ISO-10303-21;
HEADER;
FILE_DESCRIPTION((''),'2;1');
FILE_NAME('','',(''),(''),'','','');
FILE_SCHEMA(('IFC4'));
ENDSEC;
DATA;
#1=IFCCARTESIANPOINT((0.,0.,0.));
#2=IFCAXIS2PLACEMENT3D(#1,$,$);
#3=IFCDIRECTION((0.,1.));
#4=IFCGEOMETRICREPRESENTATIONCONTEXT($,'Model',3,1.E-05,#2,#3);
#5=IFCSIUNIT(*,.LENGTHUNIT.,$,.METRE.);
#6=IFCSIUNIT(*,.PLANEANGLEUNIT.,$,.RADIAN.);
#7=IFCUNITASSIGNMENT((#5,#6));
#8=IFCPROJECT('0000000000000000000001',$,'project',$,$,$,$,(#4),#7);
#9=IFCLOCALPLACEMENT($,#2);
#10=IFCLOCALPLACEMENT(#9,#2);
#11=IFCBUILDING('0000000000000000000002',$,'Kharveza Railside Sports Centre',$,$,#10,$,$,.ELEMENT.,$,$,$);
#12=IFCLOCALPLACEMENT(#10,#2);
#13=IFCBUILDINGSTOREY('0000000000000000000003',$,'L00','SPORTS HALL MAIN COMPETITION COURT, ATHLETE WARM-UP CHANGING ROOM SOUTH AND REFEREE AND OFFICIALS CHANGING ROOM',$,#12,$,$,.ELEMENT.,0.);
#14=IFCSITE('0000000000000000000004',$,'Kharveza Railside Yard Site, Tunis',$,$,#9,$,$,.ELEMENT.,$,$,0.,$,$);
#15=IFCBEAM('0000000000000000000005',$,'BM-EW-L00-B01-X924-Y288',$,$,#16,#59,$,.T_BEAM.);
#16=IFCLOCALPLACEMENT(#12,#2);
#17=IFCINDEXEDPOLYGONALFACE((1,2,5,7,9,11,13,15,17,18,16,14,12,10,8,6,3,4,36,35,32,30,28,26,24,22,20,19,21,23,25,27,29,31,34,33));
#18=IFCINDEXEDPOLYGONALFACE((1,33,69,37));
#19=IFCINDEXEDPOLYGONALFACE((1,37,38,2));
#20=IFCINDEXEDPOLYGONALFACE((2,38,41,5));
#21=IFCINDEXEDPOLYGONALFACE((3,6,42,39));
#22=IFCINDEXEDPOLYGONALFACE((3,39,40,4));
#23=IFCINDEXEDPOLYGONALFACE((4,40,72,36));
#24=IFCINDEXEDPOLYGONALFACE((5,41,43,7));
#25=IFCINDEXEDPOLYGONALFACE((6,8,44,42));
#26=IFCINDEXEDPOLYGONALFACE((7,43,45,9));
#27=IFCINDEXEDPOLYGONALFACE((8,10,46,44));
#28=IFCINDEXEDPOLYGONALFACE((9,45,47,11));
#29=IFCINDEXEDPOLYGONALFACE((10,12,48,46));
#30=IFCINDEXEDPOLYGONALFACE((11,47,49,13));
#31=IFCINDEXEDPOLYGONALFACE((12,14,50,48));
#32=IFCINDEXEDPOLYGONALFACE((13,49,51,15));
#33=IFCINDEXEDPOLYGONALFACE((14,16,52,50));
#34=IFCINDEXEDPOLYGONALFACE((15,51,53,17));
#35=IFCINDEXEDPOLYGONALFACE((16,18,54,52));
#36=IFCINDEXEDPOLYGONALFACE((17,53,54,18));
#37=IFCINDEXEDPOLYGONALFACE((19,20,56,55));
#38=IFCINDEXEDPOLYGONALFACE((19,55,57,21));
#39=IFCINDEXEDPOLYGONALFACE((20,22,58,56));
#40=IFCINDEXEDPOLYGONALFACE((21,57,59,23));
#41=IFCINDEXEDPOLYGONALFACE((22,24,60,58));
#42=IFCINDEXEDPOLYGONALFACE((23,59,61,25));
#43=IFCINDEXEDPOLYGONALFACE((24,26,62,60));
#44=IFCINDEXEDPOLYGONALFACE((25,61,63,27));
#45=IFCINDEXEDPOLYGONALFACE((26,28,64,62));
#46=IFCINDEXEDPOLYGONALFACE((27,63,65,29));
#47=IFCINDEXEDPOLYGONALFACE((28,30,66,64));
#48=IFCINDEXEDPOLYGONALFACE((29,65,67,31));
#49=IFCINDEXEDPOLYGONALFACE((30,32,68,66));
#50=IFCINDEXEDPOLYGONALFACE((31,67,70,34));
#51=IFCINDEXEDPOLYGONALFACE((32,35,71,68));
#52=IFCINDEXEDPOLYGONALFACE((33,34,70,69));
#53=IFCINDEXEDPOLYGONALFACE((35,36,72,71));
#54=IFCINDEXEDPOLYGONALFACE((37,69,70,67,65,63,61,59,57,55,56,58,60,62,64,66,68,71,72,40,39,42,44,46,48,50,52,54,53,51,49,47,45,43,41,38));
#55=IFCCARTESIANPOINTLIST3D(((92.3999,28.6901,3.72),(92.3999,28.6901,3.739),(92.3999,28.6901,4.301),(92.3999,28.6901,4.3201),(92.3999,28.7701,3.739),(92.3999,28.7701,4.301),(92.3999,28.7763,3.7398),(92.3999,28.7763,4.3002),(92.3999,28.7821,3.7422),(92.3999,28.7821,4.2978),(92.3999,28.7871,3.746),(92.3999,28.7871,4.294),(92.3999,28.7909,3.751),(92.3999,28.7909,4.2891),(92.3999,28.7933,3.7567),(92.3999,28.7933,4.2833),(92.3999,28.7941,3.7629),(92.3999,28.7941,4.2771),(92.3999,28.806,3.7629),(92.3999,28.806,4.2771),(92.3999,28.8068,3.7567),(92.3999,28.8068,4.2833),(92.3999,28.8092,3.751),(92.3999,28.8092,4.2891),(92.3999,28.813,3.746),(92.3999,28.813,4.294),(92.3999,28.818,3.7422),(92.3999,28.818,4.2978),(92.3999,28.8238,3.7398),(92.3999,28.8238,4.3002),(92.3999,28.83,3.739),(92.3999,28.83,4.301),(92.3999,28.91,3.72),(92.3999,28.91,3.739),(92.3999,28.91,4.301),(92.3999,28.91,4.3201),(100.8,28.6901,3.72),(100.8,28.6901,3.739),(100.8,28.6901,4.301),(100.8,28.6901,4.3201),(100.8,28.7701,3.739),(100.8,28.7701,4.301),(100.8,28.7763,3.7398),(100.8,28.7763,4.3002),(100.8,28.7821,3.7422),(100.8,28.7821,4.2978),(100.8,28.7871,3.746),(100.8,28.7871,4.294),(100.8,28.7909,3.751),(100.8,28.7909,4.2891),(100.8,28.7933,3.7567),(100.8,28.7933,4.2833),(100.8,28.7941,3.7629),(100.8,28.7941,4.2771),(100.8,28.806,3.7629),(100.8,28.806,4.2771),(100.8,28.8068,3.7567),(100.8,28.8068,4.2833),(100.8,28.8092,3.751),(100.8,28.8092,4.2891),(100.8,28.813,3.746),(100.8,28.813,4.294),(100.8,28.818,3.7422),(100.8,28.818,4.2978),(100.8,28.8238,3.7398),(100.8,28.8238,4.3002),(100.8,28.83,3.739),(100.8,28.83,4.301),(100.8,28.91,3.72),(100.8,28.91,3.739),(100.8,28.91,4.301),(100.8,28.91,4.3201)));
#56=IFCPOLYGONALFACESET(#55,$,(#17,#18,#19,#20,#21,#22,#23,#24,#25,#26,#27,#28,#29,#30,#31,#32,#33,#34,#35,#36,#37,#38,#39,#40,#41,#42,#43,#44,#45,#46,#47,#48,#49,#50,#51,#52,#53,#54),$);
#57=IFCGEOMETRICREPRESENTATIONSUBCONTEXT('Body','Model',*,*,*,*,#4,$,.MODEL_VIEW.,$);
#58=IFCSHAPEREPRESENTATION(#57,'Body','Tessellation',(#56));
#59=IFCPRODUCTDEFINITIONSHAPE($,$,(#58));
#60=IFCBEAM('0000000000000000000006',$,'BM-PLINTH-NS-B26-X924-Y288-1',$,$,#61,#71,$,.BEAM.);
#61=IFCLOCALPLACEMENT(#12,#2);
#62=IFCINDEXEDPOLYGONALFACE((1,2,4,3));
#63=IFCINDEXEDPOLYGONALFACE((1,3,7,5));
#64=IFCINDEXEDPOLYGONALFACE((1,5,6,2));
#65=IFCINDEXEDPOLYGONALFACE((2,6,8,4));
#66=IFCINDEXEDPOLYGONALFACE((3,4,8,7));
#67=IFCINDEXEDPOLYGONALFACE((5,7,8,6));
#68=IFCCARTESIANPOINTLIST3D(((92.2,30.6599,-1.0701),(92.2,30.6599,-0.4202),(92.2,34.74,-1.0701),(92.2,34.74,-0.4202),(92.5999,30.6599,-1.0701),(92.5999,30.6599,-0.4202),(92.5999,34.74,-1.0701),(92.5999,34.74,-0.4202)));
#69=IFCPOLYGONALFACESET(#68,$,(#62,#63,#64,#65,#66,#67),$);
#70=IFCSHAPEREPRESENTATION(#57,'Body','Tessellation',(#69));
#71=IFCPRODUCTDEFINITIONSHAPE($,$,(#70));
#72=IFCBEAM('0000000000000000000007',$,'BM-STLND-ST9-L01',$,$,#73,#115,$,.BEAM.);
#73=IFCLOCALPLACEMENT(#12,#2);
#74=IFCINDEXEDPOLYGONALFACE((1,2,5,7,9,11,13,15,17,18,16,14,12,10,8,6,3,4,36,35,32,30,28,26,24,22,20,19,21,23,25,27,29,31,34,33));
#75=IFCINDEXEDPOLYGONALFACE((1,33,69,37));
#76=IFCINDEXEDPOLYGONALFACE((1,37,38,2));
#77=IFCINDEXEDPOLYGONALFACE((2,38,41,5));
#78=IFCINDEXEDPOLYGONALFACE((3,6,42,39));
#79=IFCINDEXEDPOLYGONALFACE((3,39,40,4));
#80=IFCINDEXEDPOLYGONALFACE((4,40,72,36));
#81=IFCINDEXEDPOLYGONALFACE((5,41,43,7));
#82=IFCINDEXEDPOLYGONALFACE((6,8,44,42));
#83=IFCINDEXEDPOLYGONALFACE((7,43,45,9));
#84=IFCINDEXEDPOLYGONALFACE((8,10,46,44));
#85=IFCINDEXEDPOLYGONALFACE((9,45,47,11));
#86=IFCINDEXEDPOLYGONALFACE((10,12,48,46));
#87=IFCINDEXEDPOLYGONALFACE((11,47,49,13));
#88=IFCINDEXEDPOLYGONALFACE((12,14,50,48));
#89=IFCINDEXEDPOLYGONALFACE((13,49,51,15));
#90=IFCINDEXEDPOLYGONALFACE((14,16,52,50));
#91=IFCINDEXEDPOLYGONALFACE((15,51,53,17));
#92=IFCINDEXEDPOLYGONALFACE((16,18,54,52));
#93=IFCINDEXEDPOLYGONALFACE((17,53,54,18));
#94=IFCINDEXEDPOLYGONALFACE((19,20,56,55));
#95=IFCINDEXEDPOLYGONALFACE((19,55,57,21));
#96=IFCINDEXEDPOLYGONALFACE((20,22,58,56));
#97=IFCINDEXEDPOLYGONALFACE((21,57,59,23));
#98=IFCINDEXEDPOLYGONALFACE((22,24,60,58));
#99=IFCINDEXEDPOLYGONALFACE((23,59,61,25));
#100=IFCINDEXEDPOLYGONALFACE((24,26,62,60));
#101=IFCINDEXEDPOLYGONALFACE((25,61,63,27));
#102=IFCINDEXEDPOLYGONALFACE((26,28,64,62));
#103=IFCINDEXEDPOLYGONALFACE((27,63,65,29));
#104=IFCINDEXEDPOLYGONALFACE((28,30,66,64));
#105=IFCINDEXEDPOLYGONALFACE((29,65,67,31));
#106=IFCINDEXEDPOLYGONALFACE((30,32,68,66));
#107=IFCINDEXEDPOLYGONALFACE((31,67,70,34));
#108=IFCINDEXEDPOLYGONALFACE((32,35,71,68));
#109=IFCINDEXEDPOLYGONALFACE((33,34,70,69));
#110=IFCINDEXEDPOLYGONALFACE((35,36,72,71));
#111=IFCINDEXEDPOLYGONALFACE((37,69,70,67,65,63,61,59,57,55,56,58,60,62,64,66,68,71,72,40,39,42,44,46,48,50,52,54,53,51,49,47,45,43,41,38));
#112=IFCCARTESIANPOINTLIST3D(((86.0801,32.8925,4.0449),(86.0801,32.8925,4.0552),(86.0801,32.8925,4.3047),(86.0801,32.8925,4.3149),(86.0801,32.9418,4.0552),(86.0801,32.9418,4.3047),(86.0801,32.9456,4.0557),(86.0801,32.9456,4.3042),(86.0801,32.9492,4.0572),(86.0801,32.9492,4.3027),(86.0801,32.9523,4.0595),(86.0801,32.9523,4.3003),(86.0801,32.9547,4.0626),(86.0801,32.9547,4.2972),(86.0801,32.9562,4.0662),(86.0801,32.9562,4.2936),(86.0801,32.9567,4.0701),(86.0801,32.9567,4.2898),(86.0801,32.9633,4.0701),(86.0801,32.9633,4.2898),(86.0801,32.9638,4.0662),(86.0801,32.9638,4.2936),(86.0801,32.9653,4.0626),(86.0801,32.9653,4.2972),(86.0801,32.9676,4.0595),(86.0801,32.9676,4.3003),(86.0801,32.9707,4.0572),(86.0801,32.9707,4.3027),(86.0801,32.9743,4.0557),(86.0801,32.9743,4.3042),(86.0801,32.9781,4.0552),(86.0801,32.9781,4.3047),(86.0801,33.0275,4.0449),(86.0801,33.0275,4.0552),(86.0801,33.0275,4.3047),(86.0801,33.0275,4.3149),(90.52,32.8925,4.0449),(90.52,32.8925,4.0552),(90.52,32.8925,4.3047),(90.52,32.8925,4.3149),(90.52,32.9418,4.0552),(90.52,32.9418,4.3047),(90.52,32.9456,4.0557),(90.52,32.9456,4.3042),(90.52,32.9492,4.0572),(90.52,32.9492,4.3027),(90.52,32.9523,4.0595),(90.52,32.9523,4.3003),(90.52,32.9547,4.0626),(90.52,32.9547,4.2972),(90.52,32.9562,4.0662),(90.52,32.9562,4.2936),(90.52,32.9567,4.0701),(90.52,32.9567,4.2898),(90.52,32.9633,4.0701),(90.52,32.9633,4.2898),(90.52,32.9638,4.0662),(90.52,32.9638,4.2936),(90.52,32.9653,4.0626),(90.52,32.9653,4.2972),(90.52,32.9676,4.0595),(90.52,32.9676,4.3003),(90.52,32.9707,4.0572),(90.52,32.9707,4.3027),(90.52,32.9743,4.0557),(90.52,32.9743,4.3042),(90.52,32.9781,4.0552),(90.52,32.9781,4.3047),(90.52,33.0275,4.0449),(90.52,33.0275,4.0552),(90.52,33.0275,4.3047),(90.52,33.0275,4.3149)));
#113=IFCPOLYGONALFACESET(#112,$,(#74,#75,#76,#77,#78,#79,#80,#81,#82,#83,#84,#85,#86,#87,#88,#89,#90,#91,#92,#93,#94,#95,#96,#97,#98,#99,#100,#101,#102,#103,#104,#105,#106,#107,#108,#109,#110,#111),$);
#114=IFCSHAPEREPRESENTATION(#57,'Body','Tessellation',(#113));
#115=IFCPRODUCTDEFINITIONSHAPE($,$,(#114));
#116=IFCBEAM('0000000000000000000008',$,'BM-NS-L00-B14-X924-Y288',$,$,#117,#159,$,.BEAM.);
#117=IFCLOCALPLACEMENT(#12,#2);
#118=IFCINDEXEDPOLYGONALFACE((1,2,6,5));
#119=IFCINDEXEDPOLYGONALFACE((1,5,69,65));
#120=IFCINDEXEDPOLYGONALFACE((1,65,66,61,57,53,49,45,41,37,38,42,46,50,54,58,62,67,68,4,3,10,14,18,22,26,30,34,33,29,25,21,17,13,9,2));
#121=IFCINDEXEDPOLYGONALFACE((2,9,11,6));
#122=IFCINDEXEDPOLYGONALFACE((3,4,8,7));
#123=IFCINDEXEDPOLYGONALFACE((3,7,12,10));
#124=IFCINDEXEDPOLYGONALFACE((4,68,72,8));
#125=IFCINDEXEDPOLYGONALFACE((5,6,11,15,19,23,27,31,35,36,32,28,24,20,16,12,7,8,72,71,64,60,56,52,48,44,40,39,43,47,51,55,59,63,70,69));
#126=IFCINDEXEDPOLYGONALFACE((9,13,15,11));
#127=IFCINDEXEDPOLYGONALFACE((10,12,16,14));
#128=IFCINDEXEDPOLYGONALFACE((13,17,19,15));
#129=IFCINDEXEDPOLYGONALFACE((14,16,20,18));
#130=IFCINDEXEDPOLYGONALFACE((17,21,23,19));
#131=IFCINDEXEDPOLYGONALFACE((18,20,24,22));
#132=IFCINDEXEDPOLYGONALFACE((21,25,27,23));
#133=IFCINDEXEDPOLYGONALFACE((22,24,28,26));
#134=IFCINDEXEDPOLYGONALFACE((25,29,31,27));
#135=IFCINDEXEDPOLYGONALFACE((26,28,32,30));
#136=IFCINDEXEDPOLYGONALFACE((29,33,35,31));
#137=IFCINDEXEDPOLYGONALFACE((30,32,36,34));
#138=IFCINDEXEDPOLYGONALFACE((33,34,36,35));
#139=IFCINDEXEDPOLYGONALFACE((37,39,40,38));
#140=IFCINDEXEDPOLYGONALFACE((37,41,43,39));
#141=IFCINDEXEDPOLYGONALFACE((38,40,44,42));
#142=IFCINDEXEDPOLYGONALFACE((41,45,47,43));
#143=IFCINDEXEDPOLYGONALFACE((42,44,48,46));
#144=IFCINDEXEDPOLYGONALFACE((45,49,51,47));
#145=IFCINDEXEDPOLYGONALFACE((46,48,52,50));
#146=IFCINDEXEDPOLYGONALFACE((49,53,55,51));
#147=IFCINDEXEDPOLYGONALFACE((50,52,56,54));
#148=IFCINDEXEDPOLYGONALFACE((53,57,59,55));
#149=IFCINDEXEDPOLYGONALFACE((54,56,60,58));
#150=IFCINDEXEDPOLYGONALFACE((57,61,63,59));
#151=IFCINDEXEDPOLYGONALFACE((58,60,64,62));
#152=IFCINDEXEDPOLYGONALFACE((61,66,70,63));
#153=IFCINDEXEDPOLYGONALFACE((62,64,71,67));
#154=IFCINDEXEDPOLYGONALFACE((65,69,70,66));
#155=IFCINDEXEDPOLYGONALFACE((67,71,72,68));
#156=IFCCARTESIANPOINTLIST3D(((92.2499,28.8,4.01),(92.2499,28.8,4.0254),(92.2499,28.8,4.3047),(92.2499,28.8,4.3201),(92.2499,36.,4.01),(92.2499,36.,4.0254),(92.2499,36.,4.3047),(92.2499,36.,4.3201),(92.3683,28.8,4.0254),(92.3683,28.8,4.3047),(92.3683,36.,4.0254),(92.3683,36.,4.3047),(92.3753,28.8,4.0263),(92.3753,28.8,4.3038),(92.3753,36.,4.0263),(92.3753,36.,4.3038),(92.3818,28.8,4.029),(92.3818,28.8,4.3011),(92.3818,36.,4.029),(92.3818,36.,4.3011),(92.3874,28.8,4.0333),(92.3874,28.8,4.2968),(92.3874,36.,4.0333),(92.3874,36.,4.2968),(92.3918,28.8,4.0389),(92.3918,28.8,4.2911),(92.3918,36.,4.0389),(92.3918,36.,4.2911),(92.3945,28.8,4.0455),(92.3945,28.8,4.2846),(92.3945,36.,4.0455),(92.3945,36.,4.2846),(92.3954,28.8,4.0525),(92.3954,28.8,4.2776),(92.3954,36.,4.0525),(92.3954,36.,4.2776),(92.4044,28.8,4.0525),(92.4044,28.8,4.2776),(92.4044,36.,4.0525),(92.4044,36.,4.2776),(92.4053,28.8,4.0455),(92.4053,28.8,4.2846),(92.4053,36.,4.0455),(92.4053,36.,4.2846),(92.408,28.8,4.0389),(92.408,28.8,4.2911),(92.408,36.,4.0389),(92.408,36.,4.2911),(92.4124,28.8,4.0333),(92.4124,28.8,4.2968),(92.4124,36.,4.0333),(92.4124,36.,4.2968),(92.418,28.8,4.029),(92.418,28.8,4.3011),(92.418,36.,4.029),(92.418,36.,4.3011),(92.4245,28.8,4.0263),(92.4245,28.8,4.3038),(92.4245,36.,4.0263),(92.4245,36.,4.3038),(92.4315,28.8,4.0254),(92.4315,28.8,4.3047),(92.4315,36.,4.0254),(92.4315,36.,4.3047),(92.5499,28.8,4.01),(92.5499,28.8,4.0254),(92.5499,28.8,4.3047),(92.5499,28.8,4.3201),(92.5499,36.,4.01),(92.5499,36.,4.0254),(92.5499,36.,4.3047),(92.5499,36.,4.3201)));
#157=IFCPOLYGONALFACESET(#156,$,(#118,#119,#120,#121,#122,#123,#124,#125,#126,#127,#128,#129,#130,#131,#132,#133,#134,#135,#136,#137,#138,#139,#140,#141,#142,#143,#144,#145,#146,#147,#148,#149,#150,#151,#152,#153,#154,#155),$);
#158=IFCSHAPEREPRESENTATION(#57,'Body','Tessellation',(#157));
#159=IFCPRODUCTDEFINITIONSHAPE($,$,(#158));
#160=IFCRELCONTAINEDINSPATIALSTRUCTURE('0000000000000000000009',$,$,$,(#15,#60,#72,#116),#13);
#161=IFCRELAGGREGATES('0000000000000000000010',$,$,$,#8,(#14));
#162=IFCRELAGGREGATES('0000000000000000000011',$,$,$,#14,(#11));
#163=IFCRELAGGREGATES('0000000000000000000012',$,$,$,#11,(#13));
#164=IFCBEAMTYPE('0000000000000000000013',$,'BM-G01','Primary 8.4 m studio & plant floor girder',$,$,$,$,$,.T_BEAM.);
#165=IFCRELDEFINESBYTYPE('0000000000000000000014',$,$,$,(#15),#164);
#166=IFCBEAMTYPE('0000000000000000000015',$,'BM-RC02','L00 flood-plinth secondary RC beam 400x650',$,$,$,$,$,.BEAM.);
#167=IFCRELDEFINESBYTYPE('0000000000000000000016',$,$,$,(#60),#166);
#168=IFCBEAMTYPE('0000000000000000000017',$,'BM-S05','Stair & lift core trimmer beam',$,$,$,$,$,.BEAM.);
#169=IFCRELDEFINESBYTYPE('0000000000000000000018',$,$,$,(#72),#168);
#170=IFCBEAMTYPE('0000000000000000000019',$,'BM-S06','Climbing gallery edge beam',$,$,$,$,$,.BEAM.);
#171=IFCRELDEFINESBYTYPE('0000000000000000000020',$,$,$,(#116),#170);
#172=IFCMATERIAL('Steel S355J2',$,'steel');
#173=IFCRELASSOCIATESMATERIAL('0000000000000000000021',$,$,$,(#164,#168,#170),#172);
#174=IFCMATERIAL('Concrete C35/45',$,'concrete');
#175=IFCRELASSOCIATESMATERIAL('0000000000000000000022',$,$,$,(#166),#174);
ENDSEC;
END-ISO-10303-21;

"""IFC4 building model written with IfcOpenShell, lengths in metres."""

from ifc_helpers import new_model, si_unit, direction, frame, origin, origin_2d, place, context, subcontext, project, spatial, rectangle, i_section, extrude, material, material_profile, profile_set, type_object, element, save


model = new_model("IFC4")

# Units and contexts
model_context = context("Model", 3, precision=1e-05, world=origin(), true_north=direction((0.0, 1.0)))
body_context = subcontext(model_context, "Body", "Model", "MODEL_VIEW")
ifc_project = project(units=[si_unit("LENGTHUNIT", "METRE"), si_unit("PLANEANGLEUNIT", "RADIAN")], contexts=[model_context])

# Site, building, storey
site_placement = place(None, origin())
site = spatial("IfcSite", under=ifc_project, at=site_placement, Name="Kharveza Railside Yard Site, Tunis", CompositionType="ELEMENT", RefElevation=0.0)
building_placement = place(site_placement, origin())
building = spatial("IfcBuilding", under=site, at=building_placement, Name="Kharveza Railside Sports Centre", CompositionType="ELEMENT")
storey_placement = place(building_placement, origin())
storey = spatial("IfcBuildingStorey", under=building, at=storey_placement, Name="L00", Description="SPORTS HALL MAIN COMPETITION COURT, ATHLETE WARM-UP CHANGING ROOM SOUTH AND REFEREE AND OFFICIALS CHANGING ROOM", CompositionType="ELEMENT", Elevation=0.0)

# Shared definitions
ifc_material_1 = material(Name="Concrete C35/45", Category="concrete")

# Shared definitions
ifc_material_2 = material(Name="Steel S355J2", Category="steel")

# Beams
ifc_material_profile_1 = material_profile(ifc_material_2, i_section(OverallWidth=0.22, OverallDepth=0.6001, WebThickness=0.012, FlangeThickness=0.019, FilletRadius=0.0239, at=origin_2d()), Name="IPE 600")
ifc_profile_set_1 = profile_set([ifc_material_profile_1], Name="Steel S355J2")
beam_type_1 = type_object("IfcBeamType", Name="BM-G01", Description="Primary 8.4 m studio & plant floor girder", PredefinedType="T_BEAM", material=ifc_profile_set_1)
beam_1_placement = place(storey_placement, frame((92.3999, 28.8, 4.02), z_axis=(1.0, 0.0, 0.0), x_axis=(0.0, 1.0, 0.0)))
element("IfcBeam", 1, at=beam_1_placement, inside=storey, type_object=beam_type_1, Name="BM-EW-L00-B01-X924-Y288", PredefinedType="T_BEAM", context=body_context, shape_type="SweptSolid", body=[
    extrude(i_section(OverallWidth=0.22, OverallDepth=0.6001, WebThickness=0.012, FlangeThickness=0.019, FilletRadius=0.0239, at=origin_2d()), origin(), (0.0, 0.0, 1.0), 8.4001),
])
ifc_material_profile_2 = material_profile(ifc_material_1, rectangle(XDim=0.3999, YDim=0.6499, at=origin_2d()), Name="RCB 400x650")
ifc_profile_set_2 = profile_set([ifc_material_profile_2], Name="Concrete C35/45")
beam_type_2 = type_object("IfcBeamType", Name="BM-RC02", Description="L00 flood-plinth secondary RC beam 400x650", PredefinedType="BEAM", material=ifc_profile_set_2)
beam_2_placement = place(storey_placement, frame((92.3999, 30.6599, -0.7451), z_axis=(0.0, 1.0, 0.0), x_axis=(-1.0, 0.0, 0.0)))
element("IfcBeam", 2, at=beam_2_placement, inside=storey, type_object=beam_type_2, Name="BM-PLINTH-NS-B26-X924-Y288-1", PredefinedType="BEAM", context=body_context, shape_type="SweptSolid", body=[
    extrude(rectangle(XDim=0.3999, YDim=0.6499, at=origin_2d()), origin(), (0.0, 0.0, 1.0), 4.0801),
])
ifc_material_profile_3 = material_profile(ifc_material_2, i_section(OverallWidth=0.135, OverallDepth=0.27, WebThickness=0.0066, FlangeThickness=0.0103, FilletRadius=0.0149, at=origin_2d()), Name="IPE 270")
ifc_profile_set_3 = profile_set([ifc_material_profile_3], Name="Steel S355J2")
beam_type_3 = type_object("IfcBeamType", Name="BM-S05", Description="Stair & lift core trimmer beam", PredefinedType="BEAM", material=ifc_profile_set_3)
beam_3_placement = place(storey_placement, frame((86.0801, 32.96, 4.1799), z_axis=(1.0, 0.0, 0.0), x_axis=(0.0, 1.0, 0.0)))
element("IfcBeam", 3, at=beam_3_placement, inside=storey, type_object=beam_type_3, Name="BM-STLND-ST9-L01", PredefinedType="BEAM", context=body_context, shape_type="SweptSolid", body=[
    extrude(i_section(OverallWidth=0.135, OverallDepth=0.27, WebThickness=0.0066, FlangeThickness=0.0103, FilletRadius=0.0149, at=origin_2d()), origin(), (0.0, 0.0, 1.0), 4.4399),
])
ifc_material_profile_4 = material_profile(ifc_material_2, i_section(OverallWidth=0.3, OverallDepth=0.3101, WebThickness=0.009, FlangeThickness=0.0154, FilletRadius=0.0271, at=origin_2d()), Name="HEA 320")
ifc_profile_set_4 = profile_set([ifc_material_profile_4], Name="Steel S355J2")
beam_type_4 = type_object("IfcBeamType", Name="BM-S06", Description="Climbing gallery edge beam", PredefinedType="BEAM", material=ifc_profile_set_4)
beam_4_placement = place(storey_placement, frame((92.3999, 28.8, 4.165), z_axis=(0.0, 1.0, 0.0), x_axis=(-1.0, 0.0, 0.0)))
element("IfcBeam", 4, at=beam_4_placement, inside=storey, type_object=beam_type_4, Name="BM-NS-L00-B14-X924-Y288", PredefinedType="BEAM", context=body_context, shape_type="SweptSolid", body=[
    extrude(i_section(OverallWidth=0.3, OverallDepth=0.3101, WebThickness=0.009, FlangeThickness=0.0154, FilletRadius=0.0271, at=origin_2d()), origin(), (0.0, 0.0, 1.0), 7.2),
])

save(model, "model.ifc")
